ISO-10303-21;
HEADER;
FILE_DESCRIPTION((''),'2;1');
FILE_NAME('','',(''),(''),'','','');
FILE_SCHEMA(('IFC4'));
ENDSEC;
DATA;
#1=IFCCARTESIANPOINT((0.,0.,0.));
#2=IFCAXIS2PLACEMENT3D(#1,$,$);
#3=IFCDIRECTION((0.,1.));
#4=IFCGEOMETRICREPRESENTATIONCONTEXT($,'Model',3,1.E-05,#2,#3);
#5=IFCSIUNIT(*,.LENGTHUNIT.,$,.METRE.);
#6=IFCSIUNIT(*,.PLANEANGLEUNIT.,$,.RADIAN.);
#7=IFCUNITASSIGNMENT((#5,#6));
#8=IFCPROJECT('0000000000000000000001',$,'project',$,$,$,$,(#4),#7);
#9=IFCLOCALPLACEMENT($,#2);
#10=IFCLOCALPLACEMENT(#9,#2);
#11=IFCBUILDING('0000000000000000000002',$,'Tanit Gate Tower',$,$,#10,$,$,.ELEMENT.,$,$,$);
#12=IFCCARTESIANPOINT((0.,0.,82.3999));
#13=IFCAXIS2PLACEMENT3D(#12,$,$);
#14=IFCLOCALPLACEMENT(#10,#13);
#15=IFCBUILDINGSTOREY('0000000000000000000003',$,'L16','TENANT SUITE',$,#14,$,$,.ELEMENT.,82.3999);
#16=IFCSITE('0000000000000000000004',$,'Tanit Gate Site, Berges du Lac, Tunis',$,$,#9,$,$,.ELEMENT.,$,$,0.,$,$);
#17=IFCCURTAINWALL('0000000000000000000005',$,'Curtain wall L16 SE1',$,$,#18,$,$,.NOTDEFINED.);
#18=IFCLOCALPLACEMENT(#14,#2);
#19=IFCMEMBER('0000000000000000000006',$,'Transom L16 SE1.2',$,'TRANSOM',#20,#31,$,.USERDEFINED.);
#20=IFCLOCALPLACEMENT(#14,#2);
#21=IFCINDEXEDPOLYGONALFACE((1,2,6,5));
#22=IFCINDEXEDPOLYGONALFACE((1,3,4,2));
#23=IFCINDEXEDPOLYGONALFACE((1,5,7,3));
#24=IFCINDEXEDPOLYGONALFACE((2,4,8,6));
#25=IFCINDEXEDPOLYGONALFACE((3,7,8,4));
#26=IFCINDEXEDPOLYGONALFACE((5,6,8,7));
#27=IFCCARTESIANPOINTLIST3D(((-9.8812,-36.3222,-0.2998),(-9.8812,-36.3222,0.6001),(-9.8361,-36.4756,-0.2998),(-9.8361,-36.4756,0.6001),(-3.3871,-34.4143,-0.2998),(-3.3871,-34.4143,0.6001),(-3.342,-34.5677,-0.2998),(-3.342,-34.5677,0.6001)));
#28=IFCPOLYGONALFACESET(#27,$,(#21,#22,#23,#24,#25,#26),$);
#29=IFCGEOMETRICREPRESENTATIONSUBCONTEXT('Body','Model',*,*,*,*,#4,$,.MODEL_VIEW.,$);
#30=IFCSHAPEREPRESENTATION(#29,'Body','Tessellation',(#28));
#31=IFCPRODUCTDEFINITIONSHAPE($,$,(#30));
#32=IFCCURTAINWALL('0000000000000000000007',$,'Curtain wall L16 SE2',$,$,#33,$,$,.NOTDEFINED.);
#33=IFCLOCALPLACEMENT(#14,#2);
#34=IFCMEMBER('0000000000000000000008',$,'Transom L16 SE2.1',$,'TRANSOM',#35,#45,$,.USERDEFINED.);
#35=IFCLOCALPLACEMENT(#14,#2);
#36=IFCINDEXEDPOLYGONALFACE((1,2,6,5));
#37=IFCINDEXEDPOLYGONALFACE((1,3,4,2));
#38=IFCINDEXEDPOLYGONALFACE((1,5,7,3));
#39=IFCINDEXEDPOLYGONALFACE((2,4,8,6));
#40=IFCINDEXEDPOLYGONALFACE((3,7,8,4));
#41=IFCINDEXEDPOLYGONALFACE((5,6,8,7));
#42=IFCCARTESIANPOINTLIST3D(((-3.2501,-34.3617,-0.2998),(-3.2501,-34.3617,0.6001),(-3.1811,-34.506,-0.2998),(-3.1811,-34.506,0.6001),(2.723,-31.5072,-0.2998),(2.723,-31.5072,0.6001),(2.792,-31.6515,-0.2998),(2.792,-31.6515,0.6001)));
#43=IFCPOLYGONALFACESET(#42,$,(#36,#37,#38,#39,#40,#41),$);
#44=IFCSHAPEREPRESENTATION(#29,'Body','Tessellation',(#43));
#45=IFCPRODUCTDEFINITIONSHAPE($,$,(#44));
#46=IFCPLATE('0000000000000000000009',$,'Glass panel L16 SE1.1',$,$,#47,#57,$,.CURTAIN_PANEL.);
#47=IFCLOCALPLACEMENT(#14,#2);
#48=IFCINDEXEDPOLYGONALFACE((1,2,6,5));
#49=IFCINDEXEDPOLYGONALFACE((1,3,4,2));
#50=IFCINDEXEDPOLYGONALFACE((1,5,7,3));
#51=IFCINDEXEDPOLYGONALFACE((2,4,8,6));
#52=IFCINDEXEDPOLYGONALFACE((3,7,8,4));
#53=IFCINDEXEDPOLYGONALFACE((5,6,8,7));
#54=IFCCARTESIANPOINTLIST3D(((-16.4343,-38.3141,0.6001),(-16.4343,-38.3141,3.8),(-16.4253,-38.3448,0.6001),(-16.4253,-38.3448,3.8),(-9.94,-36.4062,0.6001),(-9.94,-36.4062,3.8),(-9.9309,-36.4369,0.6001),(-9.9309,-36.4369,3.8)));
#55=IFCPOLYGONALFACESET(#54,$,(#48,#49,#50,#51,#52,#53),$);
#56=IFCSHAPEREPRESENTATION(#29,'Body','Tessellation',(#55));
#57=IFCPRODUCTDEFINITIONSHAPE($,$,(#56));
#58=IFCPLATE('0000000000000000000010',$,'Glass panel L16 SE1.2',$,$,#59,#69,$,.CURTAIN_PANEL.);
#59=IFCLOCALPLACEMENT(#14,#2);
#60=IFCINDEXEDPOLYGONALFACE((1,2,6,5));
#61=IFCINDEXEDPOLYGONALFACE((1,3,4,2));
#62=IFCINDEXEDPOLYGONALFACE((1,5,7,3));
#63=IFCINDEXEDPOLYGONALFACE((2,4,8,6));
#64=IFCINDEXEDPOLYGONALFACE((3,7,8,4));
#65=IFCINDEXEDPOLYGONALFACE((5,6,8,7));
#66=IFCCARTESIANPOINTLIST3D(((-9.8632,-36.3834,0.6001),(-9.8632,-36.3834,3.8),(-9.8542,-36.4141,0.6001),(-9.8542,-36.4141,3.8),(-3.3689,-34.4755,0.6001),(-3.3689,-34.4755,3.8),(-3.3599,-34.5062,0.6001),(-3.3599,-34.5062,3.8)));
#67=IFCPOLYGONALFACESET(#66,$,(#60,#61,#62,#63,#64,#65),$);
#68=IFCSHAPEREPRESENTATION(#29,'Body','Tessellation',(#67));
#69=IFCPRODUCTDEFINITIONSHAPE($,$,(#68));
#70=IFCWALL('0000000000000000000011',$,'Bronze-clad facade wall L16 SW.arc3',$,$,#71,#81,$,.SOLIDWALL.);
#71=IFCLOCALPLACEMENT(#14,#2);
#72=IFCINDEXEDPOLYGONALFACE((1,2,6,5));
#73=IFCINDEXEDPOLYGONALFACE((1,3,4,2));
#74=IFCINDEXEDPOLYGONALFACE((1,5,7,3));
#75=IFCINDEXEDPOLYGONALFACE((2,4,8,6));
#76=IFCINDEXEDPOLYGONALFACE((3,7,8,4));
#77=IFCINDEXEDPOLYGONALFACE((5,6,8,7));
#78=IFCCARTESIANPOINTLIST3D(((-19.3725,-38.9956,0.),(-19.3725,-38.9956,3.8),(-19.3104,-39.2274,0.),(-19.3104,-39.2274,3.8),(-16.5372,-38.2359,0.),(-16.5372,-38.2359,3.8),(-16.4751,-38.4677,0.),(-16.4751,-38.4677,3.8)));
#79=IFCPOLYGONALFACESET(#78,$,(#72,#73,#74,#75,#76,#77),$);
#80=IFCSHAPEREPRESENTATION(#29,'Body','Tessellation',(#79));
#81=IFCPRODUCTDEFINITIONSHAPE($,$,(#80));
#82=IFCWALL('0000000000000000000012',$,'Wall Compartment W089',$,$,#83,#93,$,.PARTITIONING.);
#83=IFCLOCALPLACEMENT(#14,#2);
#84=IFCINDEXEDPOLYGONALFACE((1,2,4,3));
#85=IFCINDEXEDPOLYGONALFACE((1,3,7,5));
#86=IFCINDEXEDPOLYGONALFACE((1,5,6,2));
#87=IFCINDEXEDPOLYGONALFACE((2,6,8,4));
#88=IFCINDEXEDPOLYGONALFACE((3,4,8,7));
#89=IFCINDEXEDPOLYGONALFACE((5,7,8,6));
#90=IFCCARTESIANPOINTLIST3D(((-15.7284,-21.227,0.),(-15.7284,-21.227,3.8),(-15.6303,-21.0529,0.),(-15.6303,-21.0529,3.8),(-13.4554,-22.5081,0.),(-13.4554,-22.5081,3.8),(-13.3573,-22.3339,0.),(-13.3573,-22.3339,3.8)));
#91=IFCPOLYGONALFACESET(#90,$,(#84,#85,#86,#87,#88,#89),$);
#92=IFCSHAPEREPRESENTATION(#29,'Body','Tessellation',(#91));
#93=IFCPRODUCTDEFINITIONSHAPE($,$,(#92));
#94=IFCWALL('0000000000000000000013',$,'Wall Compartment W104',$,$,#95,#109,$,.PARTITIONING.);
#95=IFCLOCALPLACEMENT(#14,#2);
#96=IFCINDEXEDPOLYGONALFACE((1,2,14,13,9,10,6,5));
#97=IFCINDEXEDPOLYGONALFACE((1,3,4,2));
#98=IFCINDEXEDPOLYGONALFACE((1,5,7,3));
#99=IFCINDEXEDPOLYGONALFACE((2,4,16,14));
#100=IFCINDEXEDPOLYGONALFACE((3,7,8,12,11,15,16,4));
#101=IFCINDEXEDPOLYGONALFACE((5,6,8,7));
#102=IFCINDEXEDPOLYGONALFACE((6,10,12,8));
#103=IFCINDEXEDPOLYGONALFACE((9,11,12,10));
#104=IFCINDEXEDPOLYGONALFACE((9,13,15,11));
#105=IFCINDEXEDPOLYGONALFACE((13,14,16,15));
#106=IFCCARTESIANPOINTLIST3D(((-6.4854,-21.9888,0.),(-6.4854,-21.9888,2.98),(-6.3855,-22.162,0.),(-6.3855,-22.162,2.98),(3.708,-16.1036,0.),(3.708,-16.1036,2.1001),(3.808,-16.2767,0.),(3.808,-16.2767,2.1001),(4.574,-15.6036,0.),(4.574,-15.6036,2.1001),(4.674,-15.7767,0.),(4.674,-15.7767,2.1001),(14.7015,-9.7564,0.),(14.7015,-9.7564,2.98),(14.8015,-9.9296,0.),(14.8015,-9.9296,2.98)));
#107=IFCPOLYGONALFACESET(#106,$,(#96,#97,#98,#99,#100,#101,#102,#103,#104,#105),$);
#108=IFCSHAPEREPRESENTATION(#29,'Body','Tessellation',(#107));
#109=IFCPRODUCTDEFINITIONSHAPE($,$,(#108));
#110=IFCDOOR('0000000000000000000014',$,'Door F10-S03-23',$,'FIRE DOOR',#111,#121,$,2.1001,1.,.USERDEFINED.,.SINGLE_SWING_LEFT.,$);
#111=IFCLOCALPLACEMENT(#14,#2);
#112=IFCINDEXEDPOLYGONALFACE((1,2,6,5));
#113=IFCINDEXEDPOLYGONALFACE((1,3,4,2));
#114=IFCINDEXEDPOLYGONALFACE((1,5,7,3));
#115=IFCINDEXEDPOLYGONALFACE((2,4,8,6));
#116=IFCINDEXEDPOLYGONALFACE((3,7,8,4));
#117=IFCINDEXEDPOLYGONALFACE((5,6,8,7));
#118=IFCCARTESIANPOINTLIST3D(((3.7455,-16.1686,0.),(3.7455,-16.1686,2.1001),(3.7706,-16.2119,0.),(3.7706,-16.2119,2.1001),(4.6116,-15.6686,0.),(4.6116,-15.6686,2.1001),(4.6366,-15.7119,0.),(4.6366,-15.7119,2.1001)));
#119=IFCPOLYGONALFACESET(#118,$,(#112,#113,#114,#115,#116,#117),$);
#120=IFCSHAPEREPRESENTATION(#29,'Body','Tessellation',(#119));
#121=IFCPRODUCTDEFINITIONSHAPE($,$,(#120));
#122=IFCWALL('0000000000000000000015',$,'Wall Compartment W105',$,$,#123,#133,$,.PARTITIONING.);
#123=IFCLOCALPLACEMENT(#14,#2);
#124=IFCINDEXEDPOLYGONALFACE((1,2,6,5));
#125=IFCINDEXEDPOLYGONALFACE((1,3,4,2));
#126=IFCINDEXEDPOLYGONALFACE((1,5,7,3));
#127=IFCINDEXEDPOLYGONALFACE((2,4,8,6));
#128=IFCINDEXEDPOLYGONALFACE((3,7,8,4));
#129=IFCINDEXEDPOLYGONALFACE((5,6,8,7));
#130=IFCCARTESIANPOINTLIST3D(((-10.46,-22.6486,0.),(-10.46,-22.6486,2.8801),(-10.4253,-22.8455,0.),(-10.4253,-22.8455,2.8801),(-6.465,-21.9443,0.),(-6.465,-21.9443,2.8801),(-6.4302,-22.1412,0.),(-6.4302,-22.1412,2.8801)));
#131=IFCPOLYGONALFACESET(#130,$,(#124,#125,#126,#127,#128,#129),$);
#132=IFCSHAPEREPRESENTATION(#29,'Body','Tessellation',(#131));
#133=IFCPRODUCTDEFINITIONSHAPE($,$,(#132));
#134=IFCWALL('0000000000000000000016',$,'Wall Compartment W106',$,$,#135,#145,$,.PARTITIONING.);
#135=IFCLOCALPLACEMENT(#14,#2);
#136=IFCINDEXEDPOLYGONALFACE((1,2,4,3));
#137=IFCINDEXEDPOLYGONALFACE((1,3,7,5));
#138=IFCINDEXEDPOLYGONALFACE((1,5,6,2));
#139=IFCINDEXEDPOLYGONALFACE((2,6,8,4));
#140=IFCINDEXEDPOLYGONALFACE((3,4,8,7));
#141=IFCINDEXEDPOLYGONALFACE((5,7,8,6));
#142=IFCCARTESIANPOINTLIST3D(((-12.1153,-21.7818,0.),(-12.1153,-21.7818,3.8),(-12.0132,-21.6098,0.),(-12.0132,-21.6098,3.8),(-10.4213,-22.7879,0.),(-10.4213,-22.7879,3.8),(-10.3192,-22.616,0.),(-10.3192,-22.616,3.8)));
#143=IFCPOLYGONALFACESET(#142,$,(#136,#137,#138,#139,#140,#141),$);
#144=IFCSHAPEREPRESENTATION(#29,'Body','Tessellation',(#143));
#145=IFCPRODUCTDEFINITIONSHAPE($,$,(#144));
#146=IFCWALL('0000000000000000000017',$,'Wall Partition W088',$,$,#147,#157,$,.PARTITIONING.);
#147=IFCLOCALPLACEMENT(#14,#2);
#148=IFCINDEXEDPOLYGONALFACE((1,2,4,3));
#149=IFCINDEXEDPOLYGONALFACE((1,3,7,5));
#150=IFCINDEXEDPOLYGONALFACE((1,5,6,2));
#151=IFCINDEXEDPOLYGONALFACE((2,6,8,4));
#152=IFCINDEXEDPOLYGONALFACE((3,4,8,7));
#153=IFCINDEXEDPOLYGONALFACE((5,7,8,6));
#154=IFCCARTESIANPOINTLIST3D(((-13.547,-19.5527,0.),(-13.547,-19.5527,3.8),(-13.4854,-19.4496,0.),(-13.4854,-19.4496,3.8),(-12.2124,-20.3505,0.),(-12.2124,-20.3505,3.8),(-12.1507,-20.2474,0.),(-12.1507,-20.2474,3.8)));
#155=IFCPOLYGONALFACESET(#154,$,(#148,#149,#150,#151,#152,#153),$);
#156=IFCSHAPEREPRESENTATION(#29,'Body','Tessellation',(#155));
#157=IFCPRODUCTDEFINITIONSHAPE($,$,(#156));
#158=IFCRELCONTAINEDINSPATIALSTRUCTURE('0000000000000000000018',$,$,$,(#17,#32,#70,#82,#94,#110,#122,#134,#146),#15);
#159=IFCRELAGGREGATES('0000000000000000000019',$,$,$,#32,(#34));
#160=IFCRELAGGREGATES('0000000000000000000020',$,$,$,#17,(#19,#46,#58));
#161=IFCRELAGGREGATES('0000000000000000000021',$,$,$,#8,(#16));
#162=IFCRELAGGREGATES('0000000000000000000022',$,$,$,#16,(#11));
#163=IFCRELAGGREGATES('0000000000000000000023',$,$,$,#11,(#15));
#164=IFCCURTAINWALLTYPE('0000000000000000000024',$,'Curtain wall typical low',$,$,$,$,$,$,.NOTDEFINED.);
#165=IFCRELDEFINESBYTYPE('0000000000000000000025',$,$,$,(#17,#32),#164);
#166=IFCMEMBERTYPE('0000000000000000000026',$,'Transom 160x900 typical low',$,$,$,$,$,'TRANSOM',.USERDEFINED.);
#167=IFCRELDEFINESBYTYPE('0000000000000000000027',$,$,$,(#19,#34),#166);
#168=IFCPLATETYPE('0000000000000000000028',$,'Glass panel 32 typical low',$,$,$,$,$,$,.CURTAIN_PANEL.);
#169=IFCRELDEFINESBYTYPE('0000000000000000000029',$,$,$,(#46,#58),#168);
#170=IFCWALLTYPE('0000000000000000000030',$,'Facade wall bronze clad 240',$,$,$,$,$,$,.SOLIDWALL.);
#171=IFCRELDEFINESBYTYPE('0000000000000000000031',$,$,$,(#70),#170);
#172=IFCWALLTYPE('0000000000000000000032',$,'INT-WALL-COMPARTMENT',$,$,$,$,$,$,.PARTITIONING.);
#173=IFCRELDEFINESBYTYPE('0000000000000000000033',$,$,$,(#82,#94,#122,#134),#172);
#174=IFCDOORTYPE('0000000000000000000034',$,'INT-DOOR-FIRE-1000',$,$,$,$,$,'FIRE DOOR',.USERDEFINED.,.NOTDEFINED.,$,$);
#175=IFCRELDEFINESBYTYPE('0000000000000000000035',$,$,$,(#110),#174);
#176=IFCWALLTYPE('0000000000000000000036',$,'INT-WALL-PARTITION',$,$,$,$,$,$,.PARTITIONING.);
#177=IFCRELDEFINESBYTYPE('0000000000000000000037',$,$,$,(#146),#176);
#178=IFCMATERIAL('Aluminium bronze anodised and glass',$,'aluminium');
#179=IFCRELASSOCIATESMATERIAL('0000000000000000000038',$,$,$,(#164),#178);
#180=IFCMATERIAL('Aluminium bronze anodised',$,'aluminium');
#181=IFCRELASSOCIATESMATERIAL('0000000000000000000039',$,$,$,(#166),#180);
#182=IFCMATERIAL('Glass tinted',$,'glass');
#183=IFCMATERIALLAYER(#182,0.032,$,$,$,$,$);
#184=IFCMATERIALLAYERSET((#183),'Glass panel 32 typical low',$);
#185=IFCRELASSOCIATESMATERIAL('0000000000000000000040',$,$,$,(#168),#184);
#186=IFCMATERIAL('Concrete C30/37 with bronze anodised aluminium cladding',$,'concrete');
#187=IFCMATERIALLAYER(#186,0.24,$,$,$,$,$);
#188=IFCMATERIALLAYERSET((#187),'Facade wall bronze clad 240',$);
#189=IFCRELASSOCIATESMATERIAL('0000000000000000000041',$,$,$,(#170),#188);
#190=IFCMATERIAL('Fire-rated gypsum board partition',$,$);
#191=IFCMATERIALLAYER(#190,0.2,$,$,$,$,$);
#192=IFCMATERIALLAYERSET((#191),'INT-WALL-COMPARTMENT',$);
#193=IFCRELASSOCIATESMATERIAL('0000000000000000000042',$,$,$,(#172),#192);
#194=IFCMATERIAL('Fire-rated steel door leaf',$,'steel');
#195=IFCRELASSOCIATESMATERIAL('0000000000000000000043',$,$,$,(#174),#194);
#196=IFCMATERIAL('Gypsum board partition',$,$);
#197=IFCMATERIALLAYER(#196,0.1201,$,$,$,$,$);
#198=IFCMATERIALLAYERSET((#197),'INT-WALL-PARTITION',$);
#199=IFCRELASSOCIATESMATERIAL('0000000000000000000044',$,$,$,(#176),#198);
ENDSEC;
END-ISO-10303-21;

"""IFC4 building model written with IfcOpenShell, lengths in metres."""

from ifc_helpers import new_model, si_unit, direction, frame, frame_2d, origin, origin_2d, place, context, subcontext, project, spatial, rectangle, extrude, material, layer, layer_set, material_profile, profile_set, type_object, element, fill, aggregate, save


model = new_model("IFC4")

# Units and contexts
model_context = context("Model", 3, precision=1e-05, world=origin(), true_north=direction((0.0, 1.0)))
body_context = subcontext(model_context, "Body", "Model", "MODEL_VIEW")
ifc_project = project(units=[si_unit("LENGTHUNIT", "METRE"), si_unit("PLANEANGLEUNIT", "RADIAN")], contexts=[model_context])

# Site, building, storey
site_placement = place(None, origin())
site = spatial("IfcSite", under=ifc_project, at=site_placement, Name="Tanit Gate Site, Berges du Lac, Tunis", CompositionType="ELEMENT", RefElevation=0.0)
building_placement = place(site_placement, origin())
building = spatial("IfcBuilding", under=site, at=building_placement, Name="Tanit Gate Tower", CompositionType="ELEMENT")
storey_placement = place(building_placement, frame((0.0, 0.0, 82.3999)))
storey = spatial("IfcBuildingStorey", under=building, at=storey_placement, Name="L16", Description="TENANT SUITE", CompositionType="ELEMENT", Elevation=82.3999)

# Curtain wall
ifc_material_1 = material(Name="Aluminium bronze anodised and glass", Category="aluminium")
curtain_wall_type = type_object("IfcCurtainWallType", Name="Curtain wall typical low", PredefinedType="NOTDEFINED", material=ifc_material_1)
curtain_wall_1_placement = place(storey_placement, origin())
curtain_wall_1 = element("IfcCurtainWall", 1, at=curtain_wall_1_placement, inside=storey, type_object=curtain_wall_type, Name="Curtain wall L16 SE1", PredefinedType="NOTDEFINED")

# Member
ifc_material_2 = material(Name="Aluminium bronze anodised", Category="aluminium")
ifc_material_profile_1 = material_profile(ifc_material_2, rectangle(XDim=0.1599, YDim=0.8999, at=origin_2d()), Name="160x900 bronze transom")
ifc_profile_set_1 = profile_set([ifc_material_profile_1], Name="Aluminium bronze anodised")
member_type_1 = type_object("IfcMemberType", Name="Transom 160x900 typical low", ElementType="TRANSOM", PredefinedType="USERDEFINED", material=ifc_profile_set_1)
member_1_placement = place(storey_placement, frame((-9.8586, -36.3989, 0.1501), z_axis=(0.959449, 0.281883, 0.0), x_axis=(-0.281883, 0.959449, 0.0)))
member_1 = element("IfcMember", 2, at=member_1_placement, type_object=member_type_1, Name="Transom L16 SE1.2", ObjectType="TRANSOM", PredefinedType="USERDEFINED", context=body_context, shape_type="SweptSolid", body=[
    extrude(rectangle(XDim=0.1599, YDim=0.8999, at=origin_2d()), origin(), (0.0, 0.0, 1.0), 6.7686),
])

# Curtain wall, member
curtain_wall_2_placement = place(storey_placement, origin())
curtain_wall_2 = element("IfcCurtainWall", 3, at=curtain_wall_2_placement, inside=storey, type_object=curtain_wall_type, Name="Curtain wall L16 SE2", PredefinedType="NOTDEFINED")
member_2_placement = place(storey_placement, frame((-3.2156, -34.4338, 0.1501), z_axis=(0.902265, 0.431181, 0.0), x_axis=(-0.431181, 0.902265, 0.0)))
member_2 = element("IfcMember", 4, at=member_2_placement, type_object=member_type_1, Name="Transom L16 SE2.1", ObjectType="TRANSOM", PredefinedType="USERDEFINED", context=body_context, shape_type="SweptSolid", body=[
    extrude(rectangle(XDim=0.1599, YDim=0.8999, at=origin_2d()), origin(), (0.0, 0.0, 1.0), 6.6201),
])
aggregate(curtain_wall_2, [member_2])

# Plates
ifc_material_3 = material(Name="Glass tinted", Category="glass")
ifc_layer_1 = layer(ifc_material_3, 0.032)
ifc_layer_set_1 = layer_set([ifc_layer_1], Name="Glass panel 32 typical low")
plate_type = type_object("IfcPlateType", Name="Glass panel 32 typical low", PredefinedType="CURTAIN_PANEL", material=ifc_layer_set_1)
plate_1_placement = place(storey_placement, frame((-13.1826, -37.3755, 0.6001), z_axis=(0.0, 0.0, 1.0), x_axis=(0.959452, 0.281871, 0.0)))
plate_1 = element("IfcPlate", 5, at=plate_1_placement, type_object=plate_type, Name="Glass panel L16 SE1.1", PredefinedType="CURTAIN_PANEL", context=body_context, shape_type="SweptSolid", body=[
    extrude(rectangle(XDim=6.7688, YDim=0.032, at=origin_2d()), origin(), (0.0, 0.0, 1.0), 3.2),
])
plate_2_placement = place(storey_placement, frame((-6.6116, -35.4448, 0.6001), z_axis=(0.0, 0.0, 1.0), x_axis=(0.959452, 0.281871, 0.0)))
plate_2 = element("IfcPlate", 6, at=plate_2_placement, type_object=plate_type, Name="Glass panel L16 SE1.2", PredefinedType="CURTAIN_PANEL", context=body_context, shape_type="SweptSolid", body=[
    extrude(rectangle(XDim=6.7688, YDim=0.032, at=origin_2d()), origin(), (0.0, 0.0, 1.0), 3.2),
])
aggregate(curtain_wall_1, [member_1, plate_1, plate_2])

# Walls
ifc_material_4 = material(Name="Concrete C30/37 with bronze anodised aluminium cladding", Category="concrete")
ifc_layer_2 = layer(ifc_material_4, 0.24)
ifc_layer_set_2 = layer_set([ifc_layer_2], Name="Facade wall bronze clad 240")
wall_type_1 = type_object("IfcWallType", Name="Facade wall bronze clad 240", PredefinedType="SOLIDWALL", material=ifc_layer_set_2)
wall_1_placement = place(storey_placement, frame((-19.3416, -39.1116, 0.0), z_axis=(0.0, 0.0, 1.0), x_axis=(0.965919, 0.258843, 0.0)))
element("IfcWall", 7, at=wall_1_placement, inside=storey, type_object=wall_type_1, Name="Bronze-clad facade wall L16 SW.arc3", PredefinedType="SOLIDWALL", context=body_context, shape_type="SweptSolid", body=[
    extrude(rectangle(XDim=2.9353, YDim=0.24, at=frame_2d((1.4678, 0.0))), origin(), (0.0, 0.0, 1.0), 3.8),
])
ifc_material_5 = material(Name="Fire-rated gypsum board partition")
ifc_layer_3 = layer(ifc_material_5, 0.2)
ifc_layer_set_3 = layer_set([ifc_layer_3], Name="INT-WALL-COMPARTMENT")
wall_type_2 = type_object("IfcWallType", Name="INT-WALL-COMPARTMENT", PredefinedType="PARTITIONING", material=ifc_layer_set_3)
wall_2_placement = place(storey_placement, frame((-15.6794, -21.1399, 0.0), z_axis=(0.0, 0.0, 1.0), x_axis=(0.87117, -0.490981, 0.0)))
element("IfcWall", 8, at=wall_2_placement, inside=storey, type_object=wall_type_2, Name="Wall Compartment W089", PredefinedType="PARTITIONING", context=body_context, shape_type="SweptSolid", body=[
    extrude(rectangle(XDim=2.6091, YDim=0.2, at=frame_2d((1.3047, 0.0))), origin(), (0.0, 0.0, 1.0), 3.8),
])

# Wall, opening, door
wall_3_placement = place(storey_placement, frame((-6.4355, -22.0754, 0.0), z_axis=(0.0, 0.0, 1.0), x_axis=(0.866024, 0.500003, 0.0)))
wall_3 = element("IfcWall", 9, at=wall_3_placement, inside=storey, type_object=wall_type_2, Name="Wall Compartment W104", PredefinedType="PARTITIONING", context=body_context, shape_type="SweptSolid", body=[
    extrude(rectangle(XDim=24.4646, YDim=0.2, at=frame_2d((12.2324, 0.0))), origin(), (0.0, 0.0, 1.0), 2.98),
])
opening_1_placement = place(wall_3_placement, frame((11.7705, 0.0, 0.0)))
opening_1 = element("IfcOpeningElement", 10, at=opening_1_placement, cuts=wall_3, PredefinedType="OPENING", context=body_context, shape_type="SweptSolid", body=[
    extrude(rectangle(XDim=1.0, YDim=2.1001, at=frame_2d((0.5, 1.05))), frame((0.0, 0.1099, 0.0), z_axis=(0.0, -1.0, 0.0), x_axis=(1.0, 0.0, 0.0)), (0.0, 0.0, 1.0), 0.22),
])
ifc_material_6 = material(Name="Fire-rated steel door leaf", Category="steel")
door_type_1 = type_object("IfcDoorType", Name="INT-DOOR-FIRE-1000", ElementType="FIRE DOOR", OperationType="NOTDEFINED", PredefinedType="USERDEFINED", material=ifc_material_6)
door_1_placement = place(opening_1_placement, origin())
door_1 = element("IfcDoor", 11, at=door_1_placement, inside=storey, type_object=door_type_1, Name="Door F10-S03-23", ObjectType="FIRE DOOR", OperationType="SINGLE_SWING_LEFT", OverallHeight=2.1001, OverallWidth=1.0, PredefinedType="USERDEFINED", context=body_context, shape_type="SweptSolid", body=[
    extrude(rectangle(XDim=1.0, YDim=2.1001, at=frame_2d((0.5, 1.05))), frame((0.0, 0.0249, 0.0), z_axis=(0.0, -1.0, 0.0), x_axis=(1.0, 0.0, 0.0)), (0.0, 0.0, 1.0), 0.05),
])
fill(opening_1, door_1)

# Walls
wall_4_placement = place(storey_placement, frame((-10.4426, -22.7471, 0.0), z_axis=(0.0, 0.0, 1.0), x_axis=(0.984812, 0.173624, 0.0)))
element("IfcWall", 12, at=wall_4_placement, inside=storey, type_object=wall_type_2, Name="Wall Compartment W105", PredefinedType="PARTITIONING", context=body_context, shape_type="SweptSolid", body=[
    extrude(rectangle(XDim=4.0566, YDim=0.2, at=frame_2d((2.0283, 0.0))), origin(), (0.0, 0.0, 1.0), 2.8801),
])
wall_5_placement = place(storey_placement, frame((-12.0642, -21.6958, 0.0), z_axis=(0.0, 0.0, 1.0), x_axis=(0.85977, -0.510682, 0.0)))
element("IfcWall", 13, at=wall_5_placement, inside=storey, type_object=wall_type_2, Name="Wall Compartment W106", PredefinedType="PARTITIONING", context=body_context, shape_type="SweptSolid", body=[
    extrude(rectangle(XDim=1.9702, YDim=0.2, at=frame_2d((0.9851, 0.0))), origin(), (0.0, 0.0, 1.0), 3.8),
])
ifc_material_7 = material(Name="Gypsum board partition")
ifc_layer_4 = layer(ifc_material_7, 0.1201)
ifc_layer_set_4 = layer_set([ifc_layer_4], Name="INT-WALL-PARTITION")
wall_type_3 = type_object("IfcWallType", Name="INT-WALL-PARTITION", PredefinedType="PARTITIONING", material=ifc_layer_set_4)
wall_6_placement = place(storey_placement, frame((-13.5161, -19.5012, 0.0), z_axis=(0.0, 0.0, 1.0), x_axis=(0.858337, -0.513087, 0.0)))
element("IfcWall", 14, at=wall_6_placement, inside=storey, type_object=wall_type_3, Name="Wall Partition W088", PredefinedType="PARTITIONING", context=body_context, shape_type="SweptSolid", body=[
    extrude(rectangle(XDim=1.5549, YDim=0.1201, at=frame_2d((0.7773, 0.0))), origin(), (0.0, 0.0, 1.0), 3.8),
])

save(model, "model.ifc")
